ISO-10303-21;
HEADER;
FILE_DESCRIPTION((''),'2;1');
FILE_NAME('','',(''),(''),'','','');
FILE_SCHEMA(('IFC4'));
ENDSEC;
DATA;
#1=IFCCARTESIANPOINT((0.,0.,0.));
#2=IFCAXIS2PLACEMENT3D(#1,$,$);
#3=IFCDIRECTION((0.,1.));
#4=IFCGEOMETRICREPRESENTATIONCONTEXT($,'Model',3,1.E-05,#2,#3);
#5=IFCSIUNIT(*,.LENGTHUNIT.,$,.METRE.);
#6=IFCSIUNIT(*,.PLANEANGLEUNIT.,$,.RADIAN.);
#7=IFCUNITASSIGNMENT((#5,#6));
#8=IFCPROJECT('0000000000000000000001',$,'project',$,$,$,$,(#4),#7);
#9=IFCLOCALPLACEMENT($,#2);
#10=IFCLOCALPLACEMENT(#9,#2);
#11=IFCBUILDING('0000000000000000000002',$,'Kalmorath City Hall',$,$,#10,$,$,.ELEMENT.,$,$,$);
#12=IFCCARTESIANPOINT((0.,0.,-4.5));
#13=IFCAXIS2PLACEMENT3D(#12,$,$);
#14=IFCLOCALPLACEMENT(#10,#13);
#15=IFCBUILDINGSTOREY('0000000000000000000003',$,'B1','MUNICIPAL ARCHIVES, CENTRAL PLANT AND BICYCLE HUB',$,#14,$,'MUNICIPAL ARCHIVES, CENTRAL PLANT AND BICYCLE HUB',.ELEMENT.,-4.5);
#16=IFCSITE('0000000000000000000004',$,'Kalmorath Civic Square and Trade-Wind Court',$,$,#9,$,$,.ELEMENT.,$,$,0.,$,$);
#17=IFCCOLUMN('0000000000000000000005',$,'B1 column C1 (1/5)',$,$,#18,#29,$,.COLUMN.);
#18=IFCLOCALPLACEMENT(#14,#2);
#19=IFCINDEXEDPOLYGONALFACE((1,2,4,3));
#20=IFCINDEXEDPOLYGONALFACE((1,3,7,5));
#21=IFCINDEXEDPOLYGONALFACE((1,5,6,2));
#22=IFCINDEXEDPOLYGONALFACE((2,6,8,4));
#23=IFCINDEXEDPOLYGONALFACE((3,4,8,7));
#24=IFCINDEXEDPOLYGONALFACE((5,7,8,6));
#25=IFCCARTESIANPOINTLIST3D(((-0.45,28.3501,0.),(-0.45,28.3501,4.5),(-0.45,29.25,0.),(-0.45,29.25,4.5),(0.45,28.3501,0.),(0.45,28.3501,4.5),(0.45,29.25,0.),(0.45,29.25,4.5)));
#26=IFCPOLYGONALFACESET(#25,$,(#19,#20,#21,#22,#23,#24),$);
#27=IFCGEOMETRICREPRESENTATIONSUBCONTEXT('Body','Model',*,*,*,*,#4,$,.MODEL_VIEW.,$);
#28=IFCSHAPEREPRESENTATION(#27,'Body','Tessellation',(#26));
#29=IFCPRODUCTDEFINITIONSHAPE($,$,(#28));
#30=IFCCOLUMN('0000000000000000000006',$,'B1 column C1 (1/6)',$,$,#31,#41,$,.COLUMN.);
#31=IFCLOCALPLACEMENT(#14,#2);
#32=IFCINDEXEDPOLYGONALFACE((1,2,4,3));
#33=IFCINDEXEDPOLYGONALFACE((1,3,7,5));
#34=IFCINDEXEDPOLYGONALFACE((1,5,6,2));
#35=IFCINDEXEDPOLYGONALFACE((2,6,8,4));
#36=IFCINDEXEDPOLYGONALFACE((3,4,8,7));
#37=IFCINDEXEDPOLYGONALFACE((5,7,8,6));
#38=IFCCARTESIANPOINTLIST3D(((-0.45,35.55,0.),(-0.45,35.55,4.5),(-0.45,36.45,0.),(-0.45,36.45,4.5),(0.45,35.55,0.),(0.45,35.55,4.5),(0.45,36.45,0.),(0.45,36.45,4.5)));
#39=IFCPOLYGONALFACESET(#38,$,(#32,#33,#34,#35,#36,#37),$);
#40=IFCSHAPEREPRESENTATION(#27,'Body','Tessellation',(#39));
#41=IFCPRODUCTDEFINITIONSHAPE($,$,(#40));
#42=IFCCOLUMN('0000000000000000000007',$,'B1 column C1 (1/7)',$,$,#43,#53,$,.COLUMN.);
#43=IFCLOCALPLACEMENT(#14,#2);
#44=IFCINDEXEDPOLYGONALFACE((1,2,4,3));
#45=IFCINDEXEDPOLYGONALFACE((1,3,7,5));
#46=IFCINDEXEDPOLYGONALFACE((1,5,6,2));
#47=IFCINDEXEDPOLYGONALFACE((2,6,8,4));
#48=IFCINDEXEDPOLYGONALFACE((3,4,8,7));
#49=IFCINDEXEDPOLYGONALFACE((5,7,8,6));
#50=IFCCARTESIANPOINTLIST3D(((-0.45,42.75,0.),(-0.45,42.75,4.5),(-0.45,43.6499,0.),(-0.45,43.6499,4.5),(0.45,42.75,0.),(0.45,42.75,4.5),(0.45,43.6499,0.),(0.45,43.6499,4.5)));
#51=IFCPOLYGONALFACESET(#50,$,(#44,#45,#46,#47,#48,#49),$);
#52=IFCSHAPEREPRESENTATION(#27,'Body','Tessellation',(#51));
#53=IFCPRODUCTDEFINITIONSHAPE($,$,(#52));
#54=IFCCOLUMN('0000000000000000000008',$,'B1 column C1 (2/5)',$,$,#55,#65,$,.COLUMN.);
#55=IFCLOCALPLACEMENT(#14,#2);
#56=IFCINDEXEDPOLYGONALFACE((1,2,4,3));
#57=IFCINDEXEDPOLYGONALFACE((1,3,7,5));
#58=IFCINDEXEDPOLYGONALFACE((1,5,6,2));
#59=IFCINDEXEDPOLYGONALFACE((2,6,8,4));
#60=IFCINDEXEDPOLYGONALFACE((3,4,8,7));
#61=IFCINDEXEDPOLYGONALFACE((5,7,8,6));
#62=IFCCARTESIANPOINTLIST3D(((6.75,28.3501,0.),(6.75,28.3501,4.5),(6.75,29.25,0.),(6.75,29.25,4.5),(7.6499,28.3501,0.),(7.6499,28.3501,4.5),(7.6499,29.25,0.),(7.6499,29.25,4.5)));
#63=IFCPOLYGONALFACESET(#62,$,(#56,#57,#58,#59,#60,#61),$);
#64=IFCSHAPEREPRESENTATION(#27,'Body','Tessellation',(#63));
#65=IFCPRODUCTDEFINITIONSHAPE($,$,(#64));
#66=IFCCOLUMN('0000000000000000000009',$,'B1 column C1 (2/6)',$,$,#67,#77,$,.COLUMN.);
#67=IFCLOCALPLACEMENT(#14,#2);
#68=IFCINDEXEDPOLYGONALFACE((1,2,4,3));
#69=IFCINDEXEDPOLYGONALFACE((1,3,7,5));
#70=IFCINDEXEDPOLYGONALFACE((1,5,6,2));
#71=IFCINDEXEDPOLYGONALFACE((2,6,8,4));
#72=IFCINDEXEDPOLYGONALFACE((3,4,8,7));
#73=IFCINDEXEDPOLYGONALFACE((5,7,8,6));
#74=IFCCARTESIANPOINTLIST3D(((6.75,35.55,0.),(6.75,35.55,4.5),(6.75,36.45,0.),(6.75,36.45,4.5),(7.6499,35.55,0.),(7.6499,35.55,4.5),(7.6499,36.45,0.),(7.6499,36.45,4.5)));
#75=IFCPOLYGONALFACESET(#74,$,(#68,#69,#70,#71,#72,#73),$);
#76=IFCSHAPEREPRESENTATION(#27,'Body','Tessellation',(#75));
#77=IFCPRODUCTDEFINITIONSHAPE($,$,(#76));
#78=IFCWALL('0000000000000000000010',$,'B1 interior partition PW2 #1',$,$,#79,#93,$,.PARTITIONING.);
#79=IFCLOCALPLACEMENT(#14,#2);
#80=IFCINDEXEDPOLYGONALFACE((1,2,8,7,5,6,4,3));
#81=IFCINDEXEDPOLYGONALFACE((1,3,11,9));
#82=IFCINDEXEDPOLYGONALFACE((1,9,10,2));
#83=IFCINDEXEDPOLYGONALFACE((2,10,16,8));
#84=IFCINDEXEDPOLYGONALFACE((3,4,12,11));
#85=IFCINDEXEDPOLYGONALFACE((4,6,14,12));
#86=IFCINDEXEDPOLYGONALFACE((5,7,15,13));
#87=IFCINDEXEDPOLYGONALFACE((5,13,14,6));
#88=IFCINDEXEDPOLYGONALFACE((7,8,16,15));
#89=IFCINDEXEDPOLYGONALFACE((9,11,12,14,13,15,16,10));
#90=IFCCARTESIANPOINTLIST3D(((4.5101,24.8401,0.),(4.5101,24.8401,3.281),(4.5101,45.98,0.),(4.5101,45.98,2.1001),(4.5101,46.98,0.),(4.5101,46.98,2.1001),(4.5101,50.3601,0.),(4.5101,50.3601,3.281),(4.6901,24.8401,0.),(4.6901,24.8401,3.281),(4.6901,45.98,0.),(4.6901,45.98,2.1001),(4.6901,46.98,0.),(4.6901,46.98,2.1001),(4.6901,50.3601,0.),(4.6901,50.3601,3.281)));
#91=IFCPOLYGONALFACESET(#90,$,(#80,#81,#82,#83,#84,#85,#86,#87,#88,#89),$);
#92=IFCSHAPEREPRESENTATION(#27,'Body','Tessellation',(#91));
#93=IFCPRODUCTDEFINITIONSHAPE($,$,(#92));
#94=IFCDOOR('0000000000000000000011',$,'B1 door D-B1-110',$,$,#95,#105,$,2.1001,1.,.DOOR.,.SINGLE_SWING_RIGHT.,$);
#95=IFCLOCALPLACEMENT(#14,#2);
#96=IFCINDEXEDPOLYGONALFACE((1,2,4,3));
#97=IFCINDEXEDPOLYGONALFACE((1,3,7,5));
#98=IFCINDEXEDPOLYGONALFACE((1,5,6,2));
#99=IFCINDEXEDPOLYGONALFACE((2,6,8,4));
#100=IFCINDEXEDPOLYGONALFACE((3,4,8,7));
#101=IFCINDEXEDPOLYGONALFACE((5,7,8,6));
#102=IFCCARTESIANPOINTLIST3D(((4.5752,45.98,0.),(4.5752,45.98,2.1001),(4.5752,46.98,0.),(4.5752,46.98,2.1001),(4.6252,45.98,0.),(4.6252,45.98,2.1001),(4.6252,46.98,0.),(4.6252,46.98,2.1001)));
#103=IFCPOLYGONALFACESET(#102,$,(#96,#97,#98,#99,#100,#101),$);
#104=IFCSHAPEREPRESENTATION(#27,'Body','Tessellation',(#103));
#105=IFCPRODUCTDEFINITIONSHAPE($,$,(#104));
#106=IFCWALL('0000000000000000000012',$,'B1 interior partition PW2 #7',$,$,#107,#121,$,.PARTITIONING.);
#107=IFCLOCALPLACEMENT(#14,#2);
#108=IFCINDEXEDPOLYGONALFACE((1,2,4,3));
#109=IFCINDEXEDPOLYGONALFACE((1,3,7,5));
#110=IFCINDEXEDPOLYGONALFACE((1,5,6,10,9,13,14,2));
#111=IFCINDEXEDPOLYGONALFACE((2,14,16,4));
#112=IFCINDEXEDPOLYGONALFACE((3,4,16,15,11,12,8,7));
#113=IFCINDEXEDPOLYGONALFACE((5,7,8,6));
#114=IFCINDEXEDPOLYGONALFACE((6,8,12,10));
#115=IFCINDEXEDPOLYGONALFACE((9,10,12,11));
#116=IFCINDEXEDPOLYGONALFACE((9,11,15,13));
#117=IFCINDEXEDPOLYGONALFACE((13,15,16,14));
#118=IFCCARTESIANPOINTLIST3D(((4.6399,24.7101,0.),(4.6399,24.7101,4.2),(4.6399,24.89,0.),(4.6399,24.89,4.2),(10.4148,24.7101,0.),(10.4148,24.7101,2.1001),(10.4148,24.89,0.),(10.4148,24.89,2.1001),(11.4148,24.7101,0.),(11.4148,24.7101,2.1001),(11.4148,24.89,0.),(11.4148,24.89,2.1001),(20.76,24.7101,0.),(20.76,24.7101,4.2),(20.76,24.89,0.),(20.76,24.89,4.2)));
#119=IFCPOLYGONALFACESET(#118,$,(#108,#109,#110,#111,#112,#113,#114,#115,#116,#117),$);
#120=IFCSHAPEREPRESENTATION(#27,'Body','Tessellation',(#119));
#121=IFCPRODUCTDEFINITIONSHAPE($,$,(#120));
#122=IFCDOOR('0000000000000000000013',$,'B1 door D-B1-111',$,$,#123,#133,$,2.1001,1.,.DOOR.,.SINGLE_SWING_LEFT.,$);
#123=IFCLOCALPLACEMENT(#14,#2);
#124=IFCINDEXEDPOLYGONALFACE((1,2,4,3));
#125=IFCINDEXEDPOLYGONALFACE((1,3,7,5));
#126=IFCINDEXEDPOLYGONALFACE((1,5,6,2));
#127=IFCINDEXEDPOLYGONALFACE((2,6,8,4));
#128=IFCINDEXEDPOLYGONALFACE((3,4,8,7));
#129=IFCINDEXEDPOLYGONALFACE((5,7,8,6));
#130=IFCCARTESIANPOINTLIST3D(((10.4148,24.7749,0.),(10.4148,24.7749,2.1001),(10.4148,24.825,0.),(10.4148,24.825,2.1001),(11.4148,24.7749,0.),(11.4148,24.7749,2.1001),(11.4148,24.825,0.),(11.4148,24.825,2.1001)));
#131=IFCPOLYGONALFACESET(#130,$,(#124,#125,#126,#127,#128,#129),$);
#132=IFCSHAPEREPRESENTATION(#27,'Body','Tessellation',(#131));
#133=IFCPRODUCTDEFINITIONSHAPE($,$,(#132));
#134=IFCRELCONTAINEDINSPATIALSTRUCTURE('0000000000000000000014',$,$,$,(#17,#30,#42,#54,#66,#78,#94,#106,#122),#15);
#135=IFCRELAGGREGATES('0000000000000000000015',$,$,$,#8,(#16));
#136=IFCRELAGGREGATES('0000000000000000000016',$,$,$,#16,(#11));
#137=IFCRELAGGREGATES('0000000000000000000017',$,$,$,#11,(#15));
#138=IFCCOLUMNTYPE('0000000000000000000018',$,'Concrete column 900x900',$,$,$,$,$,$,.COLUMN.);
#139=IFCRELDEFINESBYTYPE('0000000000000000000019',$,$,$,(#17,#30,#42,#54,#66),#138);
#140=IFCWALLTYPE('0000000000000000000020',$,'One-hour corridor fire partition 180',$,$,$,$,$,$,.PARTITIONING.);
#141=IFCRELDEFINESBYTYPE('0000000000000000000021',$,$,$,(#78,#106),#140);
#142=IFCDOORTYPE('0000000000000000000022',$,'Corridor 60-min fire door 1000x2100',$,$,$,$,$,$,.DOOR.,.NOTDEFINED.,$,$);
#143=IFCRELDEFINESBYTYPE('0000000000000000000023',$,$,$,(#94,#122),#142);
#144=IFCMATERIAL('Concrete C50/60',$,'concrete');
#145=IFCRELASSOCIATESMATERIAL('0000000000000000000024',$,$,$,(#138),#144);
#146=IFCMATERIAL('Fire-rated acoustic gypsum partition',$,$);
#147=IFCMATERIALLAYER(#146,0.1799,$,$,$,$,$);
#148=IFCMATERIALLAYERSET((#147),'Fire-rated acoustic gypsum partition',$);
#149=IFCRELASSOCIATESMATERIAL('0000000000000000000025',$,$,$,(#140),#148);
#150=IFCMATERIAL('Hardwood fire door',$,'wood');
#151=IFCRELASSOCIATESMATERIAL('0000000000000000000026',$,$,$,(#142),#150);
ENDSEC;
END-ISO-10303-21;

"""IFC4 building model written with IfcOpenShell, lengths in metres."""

from ifc_helpers import new_model, si_unit, direction, frame, frame_2d, origin, origin_2d, place, context, subcontext, project, spatial, rectangle, extrude, material, layer, layer_set, material_profile, profile_set, type_object, element, fill, save


model = new_model("IFC4")

# Units and contexts
model_context = context("Model", 3, precision=1e-05, world=origin(), true_north=direction((0.0, 1.0)))
body_context = subcontext(model_context, "Body", "Model", "MODEL_VIEW")
ifc_project = project(units=[si_unit("LENGTHUNIT", "METRE"), si_unit("PLANEANGLEUNIT", "RADIAN")], contexts=[model_context])

# Site, building, storey
site_placement = place(None, origin())
site = spatial("IfcSite", under=ifc_project, at=site_placement, Name="Kalmorath Civic Square and Trade-Wind Court", CompositionType="ELEMENT", RefElevation=0.0)
building_placement = place(site_placement, origin())
building = spatial("IfcBuilding", under=site, at=building_placement, Name="Kalmorath City Hall", CompositionType="ELEMENT")
storey_placement = place(building_placement, frame((0.0, 0.0, -4.5)))
storey = spatial("IfcBuildingStorey", under=building, at=storey_placement, Name="B1", Description="MUNICIPAL ARCHIVES, CENTRAL PLANT AND BICYCLE HUB", LongName="MUNICIPAL ARCHIVES, CENTRAL PLANT AND BICYCLE HUB", CompositionType="ELEMENT", Elevation=-4.5)

# Columns
ifc_material_1 = material(Name="Concrete C50/60", Category="concrete")
ifc_material_profile_1 = material_profile(ifc_material_1, rectangle(XDim=0.8999, YDim=0.8999, at=origin_2d()), Name="RC-COL-900X900")
ifc_profile_set_1 = profile_set([ifc_material_profile_1], Name="Concrete C50/60")
column_type = type_object("IfcColumnType", Name="Concrete column 900x900", PredefinedType="COLUMN", material=ifc_profile_set_1)
for number, where, z_axis, x_axis, name in (
    (1, (0.0, 28.8, 0.0), (0.0, 0.0, 1.0), (1.0, 0.0, 0.0), "B1 column C1 (1/5)"),
    (2, (0.0, 36.0, 0.0), (0.0, 0.0, 1.0), (1.0, 0.0, 0.0), "B1 column C1 (1/6)"),
    (3, (0.0, 43.2, 0.0), (0.0, 0.0, 1.0), (1.0, 0.0, 0.0), "B1 column C1 (1/7)"),
    (4, (7.2, 28.8, 0.0), (0.0, 0.0, 1.0), (1.0, 0.0, 0.0), "B1 column C1 (2/5)"),
    (5, (7.2, 36.0, 0.0), (0.0, 0.0, 1.0), (1.0, 0.0, 0.0), "B1 column C1 (2/6)"),
):
    element("IfcColumn", number, at=place(storey_placement, frame(where, z_axis=z_axis, x_axis=x_axis)), inside=storey, type_object=column_type, Name=name, PredefinedType="COLUMN", context=body_context, shape_type="SweptSolid", body=[
        extrude(rectangle(XDim=0.8999, YDim=0.8999, at=origin_2d()), origin(), (0.0, 0.0, 1.0), 4.5),
    ])

# Walls, openings, doors
ifc_material_2 = material(Name="Fire-rated acoustic gypsum partition")
ifc_layer = layer(ifc_material_2, 0.1799)
ifc_layer_set = layer_set([ifc_layer], Name="Fire-rated acoustic gypsum partition")
wall_type = type_object("IfcWallType", Name="One-hour corridor fire partition 180", PredefinedType="PARTITIONING", material=ifc_layer_set)
wall_1_placement = place(storey_placement, frame((4.6001, 24.8401, 0.0), z_axis=(0.0, 0.0, 1.0), x_axis=(0.0, 1.0, 0.0)))
wall_1 = element("IfcWall", 6, at=wall_1_placement, inside=storey, type_object=wall_type, Name="B1 interior partition PW2 #1", PredefinedType="PARTITIONING", context=body_context, shape_type="SweptSolid", body=[
    extrude(rectangle(XDim=25.52, YDim=0.1799, at=frame_2d((12.76, 0.0))), origin(), (0.0, 0.0, 1.0), 3.281),
])
opening_1_placement = place(wall_1_placement, frame((21.1399, 0.0, 0.0)))
opening_1 = element("IfcOpeningElement", 7, at=opening_1_placement, cuts=wall_1, PredefinedType="OPENING", context=body_context, shape_type="SweptSolid", body=[
    extrude(rectangle(XDim=1.0, YDim=2.1001, at=frame_2d((0.5, 1.05))), frame((0.0, 0.0999, 0.0), z_axis=(0.0, -1.0, 0.0), x_axis=(1.0, 0.0, 0.0)), (0.0, 0.0, 1.0), 0.2),
])
ifc_material_3 = material(Name="Hardwood fire door", Category="wood")
door_type = type_object("IfcDoorType", Name="Corridor 60-min fire door 1000x2100", OperationType="NOTDEFINED", PredefinedType="DOOR", material=ifc_material_3)
door_1_placement = place(opening_1_placement, origin())
door_1 = element("IfcDoor", 8, at=door_1_placement, inside=storey, type_object=door_type, Name="B1 door D-B1-110", OperationType="SINGLE_SWING_RIGHT", OverallHeight=2.1001, OverallWidth=1.0, PredefinedType="DOOR", context=body_context, shape_type="SweptSolid", body=[
    extrude(rectangle(XDim=1.0, YDim=2.1001, at=frame_2d((0.5, 1.05))), frame((0.0, 0.0249, 0.0), z_axis=(0.0, -1.0, 0.0), x_axis=(1.0, 0.0, 0.0)), (0.0, 0.0, 1.0), 0.05),
])
fill(opening_1, door_1)
wall_2_placement = place(storey_placement, frame((4.6399, 24.8, 0.0), z_axis=(0.0, 0.0, 1.0), x_axis=(1.0, 0.0, 0.0)))
wall_2 = element("IfcWall", 9, at=wall_2_placement, inside=storey, type_object=wall_type, Name="B1 interior partition PW2 #7", PredefinedType="PARTITIONING", context=body_context, shape_type="SweptSolid", body=[
    extrude(rectangle(XDim=16.1201, YDim=0.1799, at=frame_2d((8.0601, 0.0))), origin(), (0.0, 0.0, 1.0), 4.2),
])
opening_2_placement = place(wall_2_placement, frame((5.7749, 0.0, 0.0)))
opening_2 = element("IfcOpeningElement", 10, at=opening_2_placement, cuts=wall_2, PredefinedType="OPENING", context=body_context, shape_type="SweptSolid", body=[
    extrude(rectangle(XDim=1.0, YDim=2.1001, at=frame_2d((0.5, 1.05))), frame((0.0, 0.0999, 0.0), z_axis=(0.0, -1.0, 0.0), x_axis=(1.0, 0.0, 0.0)), (0.0, 0.0, 1.0), 0.2),
])
door_2_placement = place(opening_2_placement, origin())
door_2 = element("IfcDoor", 11, at=door_2_placement, inside=storey, type_object=door_type, Name="B1 door D-B1-111", OperationType="SINGLE_SWING_LEFT", OverallHeight=2.1001, OverallWidth=1.0, PredefinedType="DOOR", context=body_context, shape_type="SweptSolid", body=[
    extrude(rectangle(XDim=1.0, YDim=2.1001, at=frame_2d((0.5, 1.05))), frame((0.0, 0.0249, 0.0), z_axis=(0.0, -1.0, 0.0), x_axis=(1.0, 0.0, 0.0)), (0.0, 0.0, 1.0), 0.05),
])
fill(opening_2, door_2)

save(model, "model.ifc")
